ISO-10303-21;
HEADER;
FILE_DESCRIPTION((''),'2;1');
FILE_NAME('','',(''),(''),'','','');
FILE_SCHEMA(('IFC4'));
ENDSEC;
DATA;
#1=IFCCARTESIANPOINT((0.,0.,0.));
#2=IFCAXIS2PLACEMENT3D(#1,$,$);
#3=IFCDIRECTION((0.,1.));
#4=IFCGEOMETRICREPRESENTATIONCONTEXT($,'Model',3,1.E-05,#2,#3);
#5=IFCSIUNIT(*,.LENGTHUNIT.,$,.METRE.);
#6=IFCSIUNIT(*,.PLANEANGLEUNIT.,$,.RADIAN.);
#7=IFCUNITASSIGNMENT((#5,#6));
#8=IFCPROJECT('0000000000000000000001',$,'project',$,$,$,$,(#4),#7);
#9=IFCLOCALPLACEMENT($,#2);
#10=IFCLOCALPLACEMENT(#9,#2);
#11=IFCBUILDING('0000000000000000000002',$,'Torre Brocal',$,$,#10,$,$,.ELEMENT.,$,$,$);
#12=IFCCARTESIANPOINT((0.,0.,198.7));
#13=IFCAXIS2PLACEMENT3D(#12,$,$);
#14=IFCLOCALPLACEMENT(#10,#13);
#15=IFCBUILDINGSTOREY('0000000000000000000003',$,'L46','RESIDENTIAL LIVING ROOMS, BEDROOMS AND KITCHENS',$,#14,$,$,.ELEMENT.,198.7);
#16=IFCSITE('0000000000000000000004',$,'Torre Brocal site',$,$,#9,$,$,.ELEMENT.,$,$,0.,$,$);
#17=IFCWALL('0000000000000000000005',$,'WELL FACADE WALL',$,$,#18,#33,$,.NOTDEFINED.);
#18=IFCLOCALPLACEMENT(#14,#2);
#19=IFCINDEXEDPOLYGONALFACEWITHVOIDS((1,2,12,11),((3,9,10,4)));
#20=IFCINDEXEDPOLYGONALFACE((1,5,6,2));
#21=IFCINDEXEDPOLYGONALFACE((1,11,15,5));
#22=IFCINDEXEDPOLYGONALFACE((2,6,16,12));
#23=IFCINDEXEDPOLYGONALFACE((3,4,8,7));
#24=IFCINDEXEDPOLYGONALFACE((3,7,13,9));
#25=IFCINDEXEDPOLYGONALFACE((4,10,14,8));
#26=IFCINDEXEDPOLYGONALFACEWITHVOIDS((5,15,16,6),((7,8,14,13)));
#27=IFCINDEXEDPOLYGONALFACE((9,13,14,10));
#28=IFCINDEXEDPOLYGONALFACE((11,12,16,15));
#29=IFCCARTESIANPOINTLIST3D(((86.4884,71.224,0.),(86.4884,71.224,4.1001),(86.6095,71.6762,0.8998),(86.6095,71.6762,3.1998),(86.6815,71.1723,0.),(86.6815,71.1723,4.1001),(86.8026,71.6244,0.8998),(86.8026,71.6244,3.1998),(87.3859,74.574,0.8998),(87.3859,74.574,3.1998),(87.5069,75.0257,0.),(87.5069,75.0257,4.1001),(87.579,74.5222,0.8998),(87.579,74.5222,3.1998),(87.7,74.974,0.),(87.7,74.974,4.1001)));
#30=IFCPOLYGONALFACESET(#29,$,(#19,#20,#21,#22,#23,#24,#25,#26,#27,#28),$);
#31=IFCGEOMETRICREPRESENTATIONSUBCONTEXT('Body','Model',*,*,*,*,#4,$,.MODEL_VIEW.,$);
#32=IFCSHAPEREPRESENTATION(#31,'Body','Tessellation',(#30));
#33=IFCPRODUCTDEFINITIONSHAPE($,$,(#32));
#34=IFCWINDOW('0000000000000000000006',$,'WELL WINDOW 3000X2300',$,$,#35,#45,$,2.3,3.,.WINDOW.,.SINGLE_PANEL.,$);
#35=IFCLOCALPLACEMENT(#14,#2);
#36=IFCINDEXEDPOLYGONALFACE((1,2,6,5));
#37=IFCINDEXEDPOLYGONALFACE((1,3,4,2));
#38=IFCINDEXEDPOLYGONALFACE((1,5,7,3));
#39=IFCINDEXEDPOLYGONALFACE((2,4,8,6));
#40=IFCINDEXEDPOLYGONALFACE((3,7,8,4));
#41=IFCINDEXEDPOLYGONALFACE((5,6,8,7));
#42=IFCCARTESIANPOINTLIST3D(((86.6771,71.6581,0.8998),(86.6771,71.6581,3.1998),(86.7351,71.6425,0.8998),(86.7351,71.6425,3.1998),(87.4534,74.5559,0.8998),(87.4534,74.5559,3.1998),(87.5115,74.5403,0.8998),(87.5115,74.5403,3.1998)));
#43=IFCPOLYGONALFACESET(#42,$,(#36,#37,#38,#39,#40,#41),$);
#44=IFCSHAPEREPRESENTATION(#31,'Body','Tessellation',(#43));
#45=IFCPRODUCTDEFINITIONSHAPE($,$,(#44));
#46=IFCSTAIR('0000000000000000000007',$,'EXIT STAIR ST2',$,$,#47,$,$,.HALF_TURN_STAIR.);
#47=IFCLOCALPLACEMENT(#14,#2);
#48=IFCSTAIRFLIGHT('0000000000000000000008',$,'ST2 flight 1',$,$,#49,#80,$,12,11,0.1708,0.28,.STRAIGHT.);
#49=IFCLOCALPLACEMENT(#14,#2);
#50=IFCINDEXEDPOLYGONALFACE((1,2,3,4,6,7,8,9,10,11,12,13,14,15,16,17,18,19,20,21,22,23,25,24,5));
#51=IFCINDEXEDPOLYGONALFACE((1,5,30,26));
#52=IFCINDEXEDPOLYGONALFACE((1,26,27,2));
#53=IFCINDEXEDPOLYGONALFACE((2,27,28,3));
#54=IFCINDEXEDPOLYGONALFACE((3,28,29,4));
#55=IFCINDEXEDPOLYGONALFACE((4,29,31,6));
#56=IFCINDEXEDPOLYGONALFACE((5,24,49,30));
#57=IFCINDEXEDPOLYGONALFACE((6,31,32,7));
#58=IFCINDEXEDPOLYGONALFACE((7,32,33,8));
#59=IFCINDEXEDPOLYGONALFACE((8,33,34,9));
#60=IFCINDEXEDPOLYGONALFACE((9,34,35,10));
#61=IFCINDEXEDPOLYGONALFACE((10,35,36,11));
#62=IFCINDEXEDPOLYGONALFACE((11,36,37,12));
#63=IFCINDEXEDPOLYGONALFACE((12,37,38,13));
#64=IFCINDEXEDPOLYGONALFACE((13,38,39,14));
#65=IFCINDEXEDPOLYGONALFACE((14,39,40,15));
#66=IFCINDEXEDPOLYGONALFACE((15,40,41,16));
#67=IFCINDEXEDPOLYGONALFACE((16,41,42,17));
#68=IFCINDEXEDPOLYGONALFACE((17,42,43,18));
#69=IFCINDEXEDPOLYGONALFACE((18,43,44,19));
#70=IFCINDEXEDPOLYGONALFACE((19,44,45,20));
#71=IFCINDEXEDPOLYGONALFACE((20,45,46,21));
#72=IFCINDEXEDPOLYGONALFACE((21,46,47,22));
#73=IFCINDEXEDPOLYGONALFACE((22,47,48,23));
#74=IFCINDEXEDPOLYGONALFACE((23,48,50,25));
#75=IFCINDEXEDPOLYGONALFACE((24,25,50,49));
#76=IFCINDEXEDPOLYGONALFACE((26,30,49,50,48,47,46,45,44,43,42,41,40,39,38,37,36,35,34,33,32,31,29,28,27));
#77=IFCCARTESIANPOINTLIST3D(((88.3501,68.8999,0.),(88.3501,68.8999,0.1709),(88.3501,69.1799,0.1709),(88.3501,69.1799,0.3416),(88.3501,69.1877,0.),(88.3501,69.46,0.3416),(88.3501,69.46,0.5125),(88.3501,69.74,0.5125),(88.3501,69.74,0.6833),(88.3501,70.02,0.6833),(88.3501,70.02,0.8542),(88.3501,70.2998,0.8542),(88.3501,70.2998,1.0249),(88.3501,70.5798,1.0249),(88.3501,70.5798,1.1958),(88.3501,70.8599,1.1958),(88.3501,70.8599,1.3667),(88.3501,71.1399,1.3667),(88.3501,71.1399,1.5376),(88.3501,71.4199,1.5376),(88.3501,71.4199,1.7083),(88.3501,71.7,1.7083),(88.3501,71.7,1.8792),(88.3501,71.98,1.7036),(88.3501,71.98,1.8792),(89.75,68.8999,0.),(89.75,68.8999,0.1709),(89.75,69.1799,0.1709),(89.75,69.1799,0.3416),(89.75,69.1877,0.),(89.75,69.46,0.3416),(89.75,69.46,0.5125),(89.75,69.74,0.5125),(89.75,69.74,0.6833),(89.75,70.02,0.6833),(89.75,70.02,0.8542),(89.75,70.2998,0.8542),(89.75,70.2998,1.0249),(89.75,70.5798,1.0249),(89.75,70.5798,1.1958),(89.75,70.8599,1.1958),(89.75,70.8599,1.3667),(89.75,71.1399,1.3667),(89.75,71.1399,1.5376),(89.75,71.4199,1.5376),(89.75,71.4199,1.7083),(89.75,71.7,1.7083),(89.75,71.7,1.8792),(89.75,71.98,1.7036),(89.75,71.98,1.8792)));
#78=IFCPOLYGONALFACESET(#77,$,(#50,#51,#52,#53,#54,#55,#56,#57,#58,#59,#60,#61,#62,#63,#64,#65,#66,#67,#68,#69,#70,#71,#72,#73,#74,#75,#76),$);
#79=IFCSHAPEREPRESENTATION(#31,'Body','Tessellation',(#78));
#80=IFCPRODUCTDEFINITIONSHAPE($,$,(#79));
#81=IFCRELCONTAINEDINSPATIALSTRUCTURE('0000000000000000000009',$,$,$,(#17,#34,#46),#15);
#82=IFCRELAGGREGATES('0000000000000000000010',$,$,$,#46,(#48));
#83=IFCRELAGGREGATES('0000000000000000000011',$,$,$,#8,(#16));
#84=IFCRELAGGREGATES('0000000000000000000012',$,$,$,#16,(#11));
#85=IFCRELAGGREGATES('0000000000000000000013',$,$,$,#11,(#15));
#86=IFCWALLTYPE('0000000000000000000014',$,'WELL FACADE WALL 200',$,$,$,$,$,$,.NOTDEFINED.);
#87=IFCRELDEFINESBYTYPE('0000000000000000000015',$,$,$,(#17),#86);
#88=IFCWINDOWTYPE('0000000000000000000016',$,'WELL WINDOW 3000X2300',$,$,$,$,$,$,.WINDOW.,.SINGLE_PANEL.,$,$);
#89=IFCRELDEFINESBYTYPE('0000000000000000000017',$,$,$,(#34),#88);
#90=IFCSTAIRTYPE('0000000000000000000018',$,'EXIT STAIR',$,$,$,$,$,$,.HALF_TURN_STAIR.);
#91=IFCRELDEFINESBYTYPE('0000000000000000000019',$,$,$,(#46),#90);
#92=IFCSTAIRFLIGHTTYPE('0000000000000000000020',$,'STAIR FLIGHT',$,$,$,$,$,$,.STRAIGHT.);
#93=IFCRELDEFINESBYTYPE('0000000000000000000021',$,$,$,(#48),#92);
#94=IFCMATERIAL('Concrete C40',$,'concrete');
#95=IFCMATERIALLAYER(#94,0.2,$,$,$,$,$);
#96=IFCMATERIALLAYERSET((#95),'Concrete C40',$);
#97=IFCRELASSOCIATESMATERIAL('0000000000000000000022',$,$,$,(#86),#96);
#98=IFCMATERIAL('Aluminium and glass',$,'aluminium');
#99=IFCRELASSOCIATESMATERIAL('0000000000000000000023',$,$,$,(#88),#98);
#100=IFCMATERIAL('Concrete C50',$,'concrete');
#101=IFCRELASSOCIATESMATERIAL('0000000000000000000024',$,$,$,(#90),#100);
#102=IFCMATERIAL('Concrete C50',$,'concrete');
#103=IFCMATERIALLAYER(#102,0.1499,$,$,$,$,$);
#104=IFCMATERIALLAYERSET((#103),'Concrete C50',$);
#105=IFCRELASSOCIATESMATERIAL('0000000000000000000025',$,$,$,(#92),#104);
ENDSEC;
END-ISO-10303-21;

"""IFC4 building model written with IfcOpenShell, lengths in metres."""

from ifc_helpers import new_model, si_unit, direction, frame, frame_2d, origin, place, context, subcontext, project, spatial, polyline, rectangle, outline, extrude, material, layer, layer_set, type_object, element, fill, aggregate, save


model = new_model("IFC4")

# Units and contexts
model_context = context("Model", 3, precision=1e-05, world=origin(), true_north=direction((0.0, 1.0)))
body_context = subcontext(model_context, "Body", "Model", "MODEL_VIEW")
ifc_project = project(units=[si_unit("LENGTHUNIT", "METRE"), si_unit("PLANEANGLEUNIT", "RADIAN")], contexts=[model_context])

# Site, building, storey
site_placement = place(None, origin())
site = spatial("IfcSite", under=ifc_project, at=site_placement, Name="Torre Brocal site", CompositionType="ELEMENT", RefElevation=0.0)
building_placement = place(site_placement, origin())
building = spatial("IfcBuilding", under=site, at=building_placement, Name="Torre Brocal", CompositionType="ELEMENT")
storey_placement = place(building_placement, frame((0.0, 0.0, 198.7)))
storey = spatial("IfcBuildingStorey", under=building, at=storey_placement, Name="L46", Description="RESIDENTIAL LIVING ROOMS, BEDROOMS AND KITCHENS", CompositionType="ELEMENT", Elevation=198.7)

# Wall, opening, window
ifc_material_1 = material(Name="Concrete C40", Category="concrete")
ifc_layer_1 = layer(ifc_material_1, 0.2)
ifc_layer_set_1 = layer_set([ifc_layer_1], Name="Concrete C40")
wall_type_1 = type_object("IfcWallType", Name="WELL FACADE WALL 200", PredefinedType="NOTDEFINED", material=ifc_layer_set_1)
ifc_material_2 = material(Name="Aluminium and glass", Category="aluminium")
window_type = type_object("IfcWindowType", Name="WELL WINDOW 3000X2300", PartitioningType="SINGLE_PANEL", PredefinedType="WINDOW", material=ifc_material_2)
wall_1_placement = place(storey_placement, frame((86.585, 71.1982, 0.0), z_axis=(0.0, 0.0, 1.0), x_axis=(0.25879, 0.965934, 0.0)))
wall_1 = element("IfcWall", 1, at=wall_1_placement, inside=storey, type_object=wall_type_1, Name="WELL FACADE WALL", PredefinedType="NOTDEFINED", context=body_context, shape_type="SweptSolid", body=[
    extrude(rectangle(XDim=3.9358, YDim=0.2, at=frame_2d((1.9678, 0.0))), origin(), (0.0, 0.0, 1.0), 4.1001),
])
opening_1_placement = place(wall_1_placement, frame((0.468, 0.0, 0.8999)))
opening_1 = element("IfcOpeningElement", 2, at=opening_1_placement, cuts=wall_1, PredefinedType="OPENING", context=body_context, shape_type="SweptSolid", body=[
    extrude(rectangle(XDim=3.0, YDim=2.3, at=frame_2d((1.5, 1.1499))), frame((0.0, 0.1099, 0.0), z_axis=(0.0, -1.0, 0.0), x_axis=(1.0, 0.0, 0.0)), (0.0, 0.0, 1.0), 0.22),
])
window_1_placement = place(opening_1_placement, origin())
window_1 = element("IfcWindow", 3, at=window_1_placement, inside=storey, type_object=window_type, Name="WELL WINDOW 3000X2300", OverallHeight=2.3, OverallWidth=3.0, PartitioningType="SINGLE_PANEL", PredefinedType="WINDOW", context=body_context, shape_type="SweptSolid", body=[
    extrude(rectangle(XDim=3.0, YDim=2.3, at=frame_2d((1.5, 1.1499))), frame((0.0, 0.03, 0.0), z_axis=(0.0, -1.0, 0.0), x_axis=(1.0, 0.0, 0.0)), (0.0, 0.0, 1.0), 0.0601),
])
fill(opening_1, window_1)

# Stair, stair flight
ifc_material_3 = material(Name="Concrete C50", Category="concrete")
stair_type = type_object("IfcStairType", Name="EXIT STAIR", PredefinedType="HALF_TURN_STAIR", material=ifc_material_3)
stair_placement = place(storey_placement, origin())
stair = element("IfcStair", 4, at=stair_placement, inside=storey, type_object=stair_type, Name="EXIT STAIR ST2", PredefinedType="HALF_TURN_STAIR")
ifc_material_4 = material(Name="Concrete C50", Category="concrete")
ifc_layer_2 = layer(ifc_material_4, 0.1499)
ifc_layer_set_2 = layer_set([ifc_layer_2], Name="Concrete C50")
stair_flight_type = type_object("IfcStairFlightType", Name="STAIR FLIGHT", PredefinedType="STRAIGHT", material=ifc_layer_set_2)
stair_flight_placement = place(storey_placement, frame((89.05, 68.8999, 0.0), z_axis=(0.0, 0.0, 1.0), x_axis=(0.0, 1.0, 0.0)))
stair_flight = element("IfcStairFlight", 5, at=stair_flight_placement, type_object=stair_flight_type, Name="ST2 flight 1", NumberOfRisers=12, NumberOfTreads=11, PredefinedType="STRAIGHT", RiserHeight=0.1708, TreadLength=0.28, context=body_context, shape_type="SweptSolid", body=[
    extrude(outline(polyline([(0.0, 0.0), (0.0, 0.1709), (0.28, 0.1709), (0.28, 0.3416), (0.5601, 0.3416), (0.5601, 0.5125), (0.8401, 0.5125), (0.8401, 0.6833), (1.1201, 0.6833), (1.1201, 0.8542), (1.3999, 0.8542), (1.3999, 1.0249), (1.6799, 1.0249), (1.6799, 1.1958), (1.96, 1.1958), (1.96, 1.3667), (2.24, 1.3667), (2.24, 1.5376), (2.52, 1.5376), (2.52, 1.7083), (2.8, 1.7083), (2.8, 1.8792), (3.0801, 1.8792), (3.0801, 2.05), (3.0801, 1.7036), (0.2878, 0.0), (0.0, 0.0)])), frame((0.0, 0.7, 0.0), z_axis=(0.0, -1.0, 0.0), x_axis=(1.0, 0.0, 0.0)), (0.0, 0.0, 1.0), 1.3999),
])
aggregate(stair, [stair_flight])

save(model, "model.ifc")
